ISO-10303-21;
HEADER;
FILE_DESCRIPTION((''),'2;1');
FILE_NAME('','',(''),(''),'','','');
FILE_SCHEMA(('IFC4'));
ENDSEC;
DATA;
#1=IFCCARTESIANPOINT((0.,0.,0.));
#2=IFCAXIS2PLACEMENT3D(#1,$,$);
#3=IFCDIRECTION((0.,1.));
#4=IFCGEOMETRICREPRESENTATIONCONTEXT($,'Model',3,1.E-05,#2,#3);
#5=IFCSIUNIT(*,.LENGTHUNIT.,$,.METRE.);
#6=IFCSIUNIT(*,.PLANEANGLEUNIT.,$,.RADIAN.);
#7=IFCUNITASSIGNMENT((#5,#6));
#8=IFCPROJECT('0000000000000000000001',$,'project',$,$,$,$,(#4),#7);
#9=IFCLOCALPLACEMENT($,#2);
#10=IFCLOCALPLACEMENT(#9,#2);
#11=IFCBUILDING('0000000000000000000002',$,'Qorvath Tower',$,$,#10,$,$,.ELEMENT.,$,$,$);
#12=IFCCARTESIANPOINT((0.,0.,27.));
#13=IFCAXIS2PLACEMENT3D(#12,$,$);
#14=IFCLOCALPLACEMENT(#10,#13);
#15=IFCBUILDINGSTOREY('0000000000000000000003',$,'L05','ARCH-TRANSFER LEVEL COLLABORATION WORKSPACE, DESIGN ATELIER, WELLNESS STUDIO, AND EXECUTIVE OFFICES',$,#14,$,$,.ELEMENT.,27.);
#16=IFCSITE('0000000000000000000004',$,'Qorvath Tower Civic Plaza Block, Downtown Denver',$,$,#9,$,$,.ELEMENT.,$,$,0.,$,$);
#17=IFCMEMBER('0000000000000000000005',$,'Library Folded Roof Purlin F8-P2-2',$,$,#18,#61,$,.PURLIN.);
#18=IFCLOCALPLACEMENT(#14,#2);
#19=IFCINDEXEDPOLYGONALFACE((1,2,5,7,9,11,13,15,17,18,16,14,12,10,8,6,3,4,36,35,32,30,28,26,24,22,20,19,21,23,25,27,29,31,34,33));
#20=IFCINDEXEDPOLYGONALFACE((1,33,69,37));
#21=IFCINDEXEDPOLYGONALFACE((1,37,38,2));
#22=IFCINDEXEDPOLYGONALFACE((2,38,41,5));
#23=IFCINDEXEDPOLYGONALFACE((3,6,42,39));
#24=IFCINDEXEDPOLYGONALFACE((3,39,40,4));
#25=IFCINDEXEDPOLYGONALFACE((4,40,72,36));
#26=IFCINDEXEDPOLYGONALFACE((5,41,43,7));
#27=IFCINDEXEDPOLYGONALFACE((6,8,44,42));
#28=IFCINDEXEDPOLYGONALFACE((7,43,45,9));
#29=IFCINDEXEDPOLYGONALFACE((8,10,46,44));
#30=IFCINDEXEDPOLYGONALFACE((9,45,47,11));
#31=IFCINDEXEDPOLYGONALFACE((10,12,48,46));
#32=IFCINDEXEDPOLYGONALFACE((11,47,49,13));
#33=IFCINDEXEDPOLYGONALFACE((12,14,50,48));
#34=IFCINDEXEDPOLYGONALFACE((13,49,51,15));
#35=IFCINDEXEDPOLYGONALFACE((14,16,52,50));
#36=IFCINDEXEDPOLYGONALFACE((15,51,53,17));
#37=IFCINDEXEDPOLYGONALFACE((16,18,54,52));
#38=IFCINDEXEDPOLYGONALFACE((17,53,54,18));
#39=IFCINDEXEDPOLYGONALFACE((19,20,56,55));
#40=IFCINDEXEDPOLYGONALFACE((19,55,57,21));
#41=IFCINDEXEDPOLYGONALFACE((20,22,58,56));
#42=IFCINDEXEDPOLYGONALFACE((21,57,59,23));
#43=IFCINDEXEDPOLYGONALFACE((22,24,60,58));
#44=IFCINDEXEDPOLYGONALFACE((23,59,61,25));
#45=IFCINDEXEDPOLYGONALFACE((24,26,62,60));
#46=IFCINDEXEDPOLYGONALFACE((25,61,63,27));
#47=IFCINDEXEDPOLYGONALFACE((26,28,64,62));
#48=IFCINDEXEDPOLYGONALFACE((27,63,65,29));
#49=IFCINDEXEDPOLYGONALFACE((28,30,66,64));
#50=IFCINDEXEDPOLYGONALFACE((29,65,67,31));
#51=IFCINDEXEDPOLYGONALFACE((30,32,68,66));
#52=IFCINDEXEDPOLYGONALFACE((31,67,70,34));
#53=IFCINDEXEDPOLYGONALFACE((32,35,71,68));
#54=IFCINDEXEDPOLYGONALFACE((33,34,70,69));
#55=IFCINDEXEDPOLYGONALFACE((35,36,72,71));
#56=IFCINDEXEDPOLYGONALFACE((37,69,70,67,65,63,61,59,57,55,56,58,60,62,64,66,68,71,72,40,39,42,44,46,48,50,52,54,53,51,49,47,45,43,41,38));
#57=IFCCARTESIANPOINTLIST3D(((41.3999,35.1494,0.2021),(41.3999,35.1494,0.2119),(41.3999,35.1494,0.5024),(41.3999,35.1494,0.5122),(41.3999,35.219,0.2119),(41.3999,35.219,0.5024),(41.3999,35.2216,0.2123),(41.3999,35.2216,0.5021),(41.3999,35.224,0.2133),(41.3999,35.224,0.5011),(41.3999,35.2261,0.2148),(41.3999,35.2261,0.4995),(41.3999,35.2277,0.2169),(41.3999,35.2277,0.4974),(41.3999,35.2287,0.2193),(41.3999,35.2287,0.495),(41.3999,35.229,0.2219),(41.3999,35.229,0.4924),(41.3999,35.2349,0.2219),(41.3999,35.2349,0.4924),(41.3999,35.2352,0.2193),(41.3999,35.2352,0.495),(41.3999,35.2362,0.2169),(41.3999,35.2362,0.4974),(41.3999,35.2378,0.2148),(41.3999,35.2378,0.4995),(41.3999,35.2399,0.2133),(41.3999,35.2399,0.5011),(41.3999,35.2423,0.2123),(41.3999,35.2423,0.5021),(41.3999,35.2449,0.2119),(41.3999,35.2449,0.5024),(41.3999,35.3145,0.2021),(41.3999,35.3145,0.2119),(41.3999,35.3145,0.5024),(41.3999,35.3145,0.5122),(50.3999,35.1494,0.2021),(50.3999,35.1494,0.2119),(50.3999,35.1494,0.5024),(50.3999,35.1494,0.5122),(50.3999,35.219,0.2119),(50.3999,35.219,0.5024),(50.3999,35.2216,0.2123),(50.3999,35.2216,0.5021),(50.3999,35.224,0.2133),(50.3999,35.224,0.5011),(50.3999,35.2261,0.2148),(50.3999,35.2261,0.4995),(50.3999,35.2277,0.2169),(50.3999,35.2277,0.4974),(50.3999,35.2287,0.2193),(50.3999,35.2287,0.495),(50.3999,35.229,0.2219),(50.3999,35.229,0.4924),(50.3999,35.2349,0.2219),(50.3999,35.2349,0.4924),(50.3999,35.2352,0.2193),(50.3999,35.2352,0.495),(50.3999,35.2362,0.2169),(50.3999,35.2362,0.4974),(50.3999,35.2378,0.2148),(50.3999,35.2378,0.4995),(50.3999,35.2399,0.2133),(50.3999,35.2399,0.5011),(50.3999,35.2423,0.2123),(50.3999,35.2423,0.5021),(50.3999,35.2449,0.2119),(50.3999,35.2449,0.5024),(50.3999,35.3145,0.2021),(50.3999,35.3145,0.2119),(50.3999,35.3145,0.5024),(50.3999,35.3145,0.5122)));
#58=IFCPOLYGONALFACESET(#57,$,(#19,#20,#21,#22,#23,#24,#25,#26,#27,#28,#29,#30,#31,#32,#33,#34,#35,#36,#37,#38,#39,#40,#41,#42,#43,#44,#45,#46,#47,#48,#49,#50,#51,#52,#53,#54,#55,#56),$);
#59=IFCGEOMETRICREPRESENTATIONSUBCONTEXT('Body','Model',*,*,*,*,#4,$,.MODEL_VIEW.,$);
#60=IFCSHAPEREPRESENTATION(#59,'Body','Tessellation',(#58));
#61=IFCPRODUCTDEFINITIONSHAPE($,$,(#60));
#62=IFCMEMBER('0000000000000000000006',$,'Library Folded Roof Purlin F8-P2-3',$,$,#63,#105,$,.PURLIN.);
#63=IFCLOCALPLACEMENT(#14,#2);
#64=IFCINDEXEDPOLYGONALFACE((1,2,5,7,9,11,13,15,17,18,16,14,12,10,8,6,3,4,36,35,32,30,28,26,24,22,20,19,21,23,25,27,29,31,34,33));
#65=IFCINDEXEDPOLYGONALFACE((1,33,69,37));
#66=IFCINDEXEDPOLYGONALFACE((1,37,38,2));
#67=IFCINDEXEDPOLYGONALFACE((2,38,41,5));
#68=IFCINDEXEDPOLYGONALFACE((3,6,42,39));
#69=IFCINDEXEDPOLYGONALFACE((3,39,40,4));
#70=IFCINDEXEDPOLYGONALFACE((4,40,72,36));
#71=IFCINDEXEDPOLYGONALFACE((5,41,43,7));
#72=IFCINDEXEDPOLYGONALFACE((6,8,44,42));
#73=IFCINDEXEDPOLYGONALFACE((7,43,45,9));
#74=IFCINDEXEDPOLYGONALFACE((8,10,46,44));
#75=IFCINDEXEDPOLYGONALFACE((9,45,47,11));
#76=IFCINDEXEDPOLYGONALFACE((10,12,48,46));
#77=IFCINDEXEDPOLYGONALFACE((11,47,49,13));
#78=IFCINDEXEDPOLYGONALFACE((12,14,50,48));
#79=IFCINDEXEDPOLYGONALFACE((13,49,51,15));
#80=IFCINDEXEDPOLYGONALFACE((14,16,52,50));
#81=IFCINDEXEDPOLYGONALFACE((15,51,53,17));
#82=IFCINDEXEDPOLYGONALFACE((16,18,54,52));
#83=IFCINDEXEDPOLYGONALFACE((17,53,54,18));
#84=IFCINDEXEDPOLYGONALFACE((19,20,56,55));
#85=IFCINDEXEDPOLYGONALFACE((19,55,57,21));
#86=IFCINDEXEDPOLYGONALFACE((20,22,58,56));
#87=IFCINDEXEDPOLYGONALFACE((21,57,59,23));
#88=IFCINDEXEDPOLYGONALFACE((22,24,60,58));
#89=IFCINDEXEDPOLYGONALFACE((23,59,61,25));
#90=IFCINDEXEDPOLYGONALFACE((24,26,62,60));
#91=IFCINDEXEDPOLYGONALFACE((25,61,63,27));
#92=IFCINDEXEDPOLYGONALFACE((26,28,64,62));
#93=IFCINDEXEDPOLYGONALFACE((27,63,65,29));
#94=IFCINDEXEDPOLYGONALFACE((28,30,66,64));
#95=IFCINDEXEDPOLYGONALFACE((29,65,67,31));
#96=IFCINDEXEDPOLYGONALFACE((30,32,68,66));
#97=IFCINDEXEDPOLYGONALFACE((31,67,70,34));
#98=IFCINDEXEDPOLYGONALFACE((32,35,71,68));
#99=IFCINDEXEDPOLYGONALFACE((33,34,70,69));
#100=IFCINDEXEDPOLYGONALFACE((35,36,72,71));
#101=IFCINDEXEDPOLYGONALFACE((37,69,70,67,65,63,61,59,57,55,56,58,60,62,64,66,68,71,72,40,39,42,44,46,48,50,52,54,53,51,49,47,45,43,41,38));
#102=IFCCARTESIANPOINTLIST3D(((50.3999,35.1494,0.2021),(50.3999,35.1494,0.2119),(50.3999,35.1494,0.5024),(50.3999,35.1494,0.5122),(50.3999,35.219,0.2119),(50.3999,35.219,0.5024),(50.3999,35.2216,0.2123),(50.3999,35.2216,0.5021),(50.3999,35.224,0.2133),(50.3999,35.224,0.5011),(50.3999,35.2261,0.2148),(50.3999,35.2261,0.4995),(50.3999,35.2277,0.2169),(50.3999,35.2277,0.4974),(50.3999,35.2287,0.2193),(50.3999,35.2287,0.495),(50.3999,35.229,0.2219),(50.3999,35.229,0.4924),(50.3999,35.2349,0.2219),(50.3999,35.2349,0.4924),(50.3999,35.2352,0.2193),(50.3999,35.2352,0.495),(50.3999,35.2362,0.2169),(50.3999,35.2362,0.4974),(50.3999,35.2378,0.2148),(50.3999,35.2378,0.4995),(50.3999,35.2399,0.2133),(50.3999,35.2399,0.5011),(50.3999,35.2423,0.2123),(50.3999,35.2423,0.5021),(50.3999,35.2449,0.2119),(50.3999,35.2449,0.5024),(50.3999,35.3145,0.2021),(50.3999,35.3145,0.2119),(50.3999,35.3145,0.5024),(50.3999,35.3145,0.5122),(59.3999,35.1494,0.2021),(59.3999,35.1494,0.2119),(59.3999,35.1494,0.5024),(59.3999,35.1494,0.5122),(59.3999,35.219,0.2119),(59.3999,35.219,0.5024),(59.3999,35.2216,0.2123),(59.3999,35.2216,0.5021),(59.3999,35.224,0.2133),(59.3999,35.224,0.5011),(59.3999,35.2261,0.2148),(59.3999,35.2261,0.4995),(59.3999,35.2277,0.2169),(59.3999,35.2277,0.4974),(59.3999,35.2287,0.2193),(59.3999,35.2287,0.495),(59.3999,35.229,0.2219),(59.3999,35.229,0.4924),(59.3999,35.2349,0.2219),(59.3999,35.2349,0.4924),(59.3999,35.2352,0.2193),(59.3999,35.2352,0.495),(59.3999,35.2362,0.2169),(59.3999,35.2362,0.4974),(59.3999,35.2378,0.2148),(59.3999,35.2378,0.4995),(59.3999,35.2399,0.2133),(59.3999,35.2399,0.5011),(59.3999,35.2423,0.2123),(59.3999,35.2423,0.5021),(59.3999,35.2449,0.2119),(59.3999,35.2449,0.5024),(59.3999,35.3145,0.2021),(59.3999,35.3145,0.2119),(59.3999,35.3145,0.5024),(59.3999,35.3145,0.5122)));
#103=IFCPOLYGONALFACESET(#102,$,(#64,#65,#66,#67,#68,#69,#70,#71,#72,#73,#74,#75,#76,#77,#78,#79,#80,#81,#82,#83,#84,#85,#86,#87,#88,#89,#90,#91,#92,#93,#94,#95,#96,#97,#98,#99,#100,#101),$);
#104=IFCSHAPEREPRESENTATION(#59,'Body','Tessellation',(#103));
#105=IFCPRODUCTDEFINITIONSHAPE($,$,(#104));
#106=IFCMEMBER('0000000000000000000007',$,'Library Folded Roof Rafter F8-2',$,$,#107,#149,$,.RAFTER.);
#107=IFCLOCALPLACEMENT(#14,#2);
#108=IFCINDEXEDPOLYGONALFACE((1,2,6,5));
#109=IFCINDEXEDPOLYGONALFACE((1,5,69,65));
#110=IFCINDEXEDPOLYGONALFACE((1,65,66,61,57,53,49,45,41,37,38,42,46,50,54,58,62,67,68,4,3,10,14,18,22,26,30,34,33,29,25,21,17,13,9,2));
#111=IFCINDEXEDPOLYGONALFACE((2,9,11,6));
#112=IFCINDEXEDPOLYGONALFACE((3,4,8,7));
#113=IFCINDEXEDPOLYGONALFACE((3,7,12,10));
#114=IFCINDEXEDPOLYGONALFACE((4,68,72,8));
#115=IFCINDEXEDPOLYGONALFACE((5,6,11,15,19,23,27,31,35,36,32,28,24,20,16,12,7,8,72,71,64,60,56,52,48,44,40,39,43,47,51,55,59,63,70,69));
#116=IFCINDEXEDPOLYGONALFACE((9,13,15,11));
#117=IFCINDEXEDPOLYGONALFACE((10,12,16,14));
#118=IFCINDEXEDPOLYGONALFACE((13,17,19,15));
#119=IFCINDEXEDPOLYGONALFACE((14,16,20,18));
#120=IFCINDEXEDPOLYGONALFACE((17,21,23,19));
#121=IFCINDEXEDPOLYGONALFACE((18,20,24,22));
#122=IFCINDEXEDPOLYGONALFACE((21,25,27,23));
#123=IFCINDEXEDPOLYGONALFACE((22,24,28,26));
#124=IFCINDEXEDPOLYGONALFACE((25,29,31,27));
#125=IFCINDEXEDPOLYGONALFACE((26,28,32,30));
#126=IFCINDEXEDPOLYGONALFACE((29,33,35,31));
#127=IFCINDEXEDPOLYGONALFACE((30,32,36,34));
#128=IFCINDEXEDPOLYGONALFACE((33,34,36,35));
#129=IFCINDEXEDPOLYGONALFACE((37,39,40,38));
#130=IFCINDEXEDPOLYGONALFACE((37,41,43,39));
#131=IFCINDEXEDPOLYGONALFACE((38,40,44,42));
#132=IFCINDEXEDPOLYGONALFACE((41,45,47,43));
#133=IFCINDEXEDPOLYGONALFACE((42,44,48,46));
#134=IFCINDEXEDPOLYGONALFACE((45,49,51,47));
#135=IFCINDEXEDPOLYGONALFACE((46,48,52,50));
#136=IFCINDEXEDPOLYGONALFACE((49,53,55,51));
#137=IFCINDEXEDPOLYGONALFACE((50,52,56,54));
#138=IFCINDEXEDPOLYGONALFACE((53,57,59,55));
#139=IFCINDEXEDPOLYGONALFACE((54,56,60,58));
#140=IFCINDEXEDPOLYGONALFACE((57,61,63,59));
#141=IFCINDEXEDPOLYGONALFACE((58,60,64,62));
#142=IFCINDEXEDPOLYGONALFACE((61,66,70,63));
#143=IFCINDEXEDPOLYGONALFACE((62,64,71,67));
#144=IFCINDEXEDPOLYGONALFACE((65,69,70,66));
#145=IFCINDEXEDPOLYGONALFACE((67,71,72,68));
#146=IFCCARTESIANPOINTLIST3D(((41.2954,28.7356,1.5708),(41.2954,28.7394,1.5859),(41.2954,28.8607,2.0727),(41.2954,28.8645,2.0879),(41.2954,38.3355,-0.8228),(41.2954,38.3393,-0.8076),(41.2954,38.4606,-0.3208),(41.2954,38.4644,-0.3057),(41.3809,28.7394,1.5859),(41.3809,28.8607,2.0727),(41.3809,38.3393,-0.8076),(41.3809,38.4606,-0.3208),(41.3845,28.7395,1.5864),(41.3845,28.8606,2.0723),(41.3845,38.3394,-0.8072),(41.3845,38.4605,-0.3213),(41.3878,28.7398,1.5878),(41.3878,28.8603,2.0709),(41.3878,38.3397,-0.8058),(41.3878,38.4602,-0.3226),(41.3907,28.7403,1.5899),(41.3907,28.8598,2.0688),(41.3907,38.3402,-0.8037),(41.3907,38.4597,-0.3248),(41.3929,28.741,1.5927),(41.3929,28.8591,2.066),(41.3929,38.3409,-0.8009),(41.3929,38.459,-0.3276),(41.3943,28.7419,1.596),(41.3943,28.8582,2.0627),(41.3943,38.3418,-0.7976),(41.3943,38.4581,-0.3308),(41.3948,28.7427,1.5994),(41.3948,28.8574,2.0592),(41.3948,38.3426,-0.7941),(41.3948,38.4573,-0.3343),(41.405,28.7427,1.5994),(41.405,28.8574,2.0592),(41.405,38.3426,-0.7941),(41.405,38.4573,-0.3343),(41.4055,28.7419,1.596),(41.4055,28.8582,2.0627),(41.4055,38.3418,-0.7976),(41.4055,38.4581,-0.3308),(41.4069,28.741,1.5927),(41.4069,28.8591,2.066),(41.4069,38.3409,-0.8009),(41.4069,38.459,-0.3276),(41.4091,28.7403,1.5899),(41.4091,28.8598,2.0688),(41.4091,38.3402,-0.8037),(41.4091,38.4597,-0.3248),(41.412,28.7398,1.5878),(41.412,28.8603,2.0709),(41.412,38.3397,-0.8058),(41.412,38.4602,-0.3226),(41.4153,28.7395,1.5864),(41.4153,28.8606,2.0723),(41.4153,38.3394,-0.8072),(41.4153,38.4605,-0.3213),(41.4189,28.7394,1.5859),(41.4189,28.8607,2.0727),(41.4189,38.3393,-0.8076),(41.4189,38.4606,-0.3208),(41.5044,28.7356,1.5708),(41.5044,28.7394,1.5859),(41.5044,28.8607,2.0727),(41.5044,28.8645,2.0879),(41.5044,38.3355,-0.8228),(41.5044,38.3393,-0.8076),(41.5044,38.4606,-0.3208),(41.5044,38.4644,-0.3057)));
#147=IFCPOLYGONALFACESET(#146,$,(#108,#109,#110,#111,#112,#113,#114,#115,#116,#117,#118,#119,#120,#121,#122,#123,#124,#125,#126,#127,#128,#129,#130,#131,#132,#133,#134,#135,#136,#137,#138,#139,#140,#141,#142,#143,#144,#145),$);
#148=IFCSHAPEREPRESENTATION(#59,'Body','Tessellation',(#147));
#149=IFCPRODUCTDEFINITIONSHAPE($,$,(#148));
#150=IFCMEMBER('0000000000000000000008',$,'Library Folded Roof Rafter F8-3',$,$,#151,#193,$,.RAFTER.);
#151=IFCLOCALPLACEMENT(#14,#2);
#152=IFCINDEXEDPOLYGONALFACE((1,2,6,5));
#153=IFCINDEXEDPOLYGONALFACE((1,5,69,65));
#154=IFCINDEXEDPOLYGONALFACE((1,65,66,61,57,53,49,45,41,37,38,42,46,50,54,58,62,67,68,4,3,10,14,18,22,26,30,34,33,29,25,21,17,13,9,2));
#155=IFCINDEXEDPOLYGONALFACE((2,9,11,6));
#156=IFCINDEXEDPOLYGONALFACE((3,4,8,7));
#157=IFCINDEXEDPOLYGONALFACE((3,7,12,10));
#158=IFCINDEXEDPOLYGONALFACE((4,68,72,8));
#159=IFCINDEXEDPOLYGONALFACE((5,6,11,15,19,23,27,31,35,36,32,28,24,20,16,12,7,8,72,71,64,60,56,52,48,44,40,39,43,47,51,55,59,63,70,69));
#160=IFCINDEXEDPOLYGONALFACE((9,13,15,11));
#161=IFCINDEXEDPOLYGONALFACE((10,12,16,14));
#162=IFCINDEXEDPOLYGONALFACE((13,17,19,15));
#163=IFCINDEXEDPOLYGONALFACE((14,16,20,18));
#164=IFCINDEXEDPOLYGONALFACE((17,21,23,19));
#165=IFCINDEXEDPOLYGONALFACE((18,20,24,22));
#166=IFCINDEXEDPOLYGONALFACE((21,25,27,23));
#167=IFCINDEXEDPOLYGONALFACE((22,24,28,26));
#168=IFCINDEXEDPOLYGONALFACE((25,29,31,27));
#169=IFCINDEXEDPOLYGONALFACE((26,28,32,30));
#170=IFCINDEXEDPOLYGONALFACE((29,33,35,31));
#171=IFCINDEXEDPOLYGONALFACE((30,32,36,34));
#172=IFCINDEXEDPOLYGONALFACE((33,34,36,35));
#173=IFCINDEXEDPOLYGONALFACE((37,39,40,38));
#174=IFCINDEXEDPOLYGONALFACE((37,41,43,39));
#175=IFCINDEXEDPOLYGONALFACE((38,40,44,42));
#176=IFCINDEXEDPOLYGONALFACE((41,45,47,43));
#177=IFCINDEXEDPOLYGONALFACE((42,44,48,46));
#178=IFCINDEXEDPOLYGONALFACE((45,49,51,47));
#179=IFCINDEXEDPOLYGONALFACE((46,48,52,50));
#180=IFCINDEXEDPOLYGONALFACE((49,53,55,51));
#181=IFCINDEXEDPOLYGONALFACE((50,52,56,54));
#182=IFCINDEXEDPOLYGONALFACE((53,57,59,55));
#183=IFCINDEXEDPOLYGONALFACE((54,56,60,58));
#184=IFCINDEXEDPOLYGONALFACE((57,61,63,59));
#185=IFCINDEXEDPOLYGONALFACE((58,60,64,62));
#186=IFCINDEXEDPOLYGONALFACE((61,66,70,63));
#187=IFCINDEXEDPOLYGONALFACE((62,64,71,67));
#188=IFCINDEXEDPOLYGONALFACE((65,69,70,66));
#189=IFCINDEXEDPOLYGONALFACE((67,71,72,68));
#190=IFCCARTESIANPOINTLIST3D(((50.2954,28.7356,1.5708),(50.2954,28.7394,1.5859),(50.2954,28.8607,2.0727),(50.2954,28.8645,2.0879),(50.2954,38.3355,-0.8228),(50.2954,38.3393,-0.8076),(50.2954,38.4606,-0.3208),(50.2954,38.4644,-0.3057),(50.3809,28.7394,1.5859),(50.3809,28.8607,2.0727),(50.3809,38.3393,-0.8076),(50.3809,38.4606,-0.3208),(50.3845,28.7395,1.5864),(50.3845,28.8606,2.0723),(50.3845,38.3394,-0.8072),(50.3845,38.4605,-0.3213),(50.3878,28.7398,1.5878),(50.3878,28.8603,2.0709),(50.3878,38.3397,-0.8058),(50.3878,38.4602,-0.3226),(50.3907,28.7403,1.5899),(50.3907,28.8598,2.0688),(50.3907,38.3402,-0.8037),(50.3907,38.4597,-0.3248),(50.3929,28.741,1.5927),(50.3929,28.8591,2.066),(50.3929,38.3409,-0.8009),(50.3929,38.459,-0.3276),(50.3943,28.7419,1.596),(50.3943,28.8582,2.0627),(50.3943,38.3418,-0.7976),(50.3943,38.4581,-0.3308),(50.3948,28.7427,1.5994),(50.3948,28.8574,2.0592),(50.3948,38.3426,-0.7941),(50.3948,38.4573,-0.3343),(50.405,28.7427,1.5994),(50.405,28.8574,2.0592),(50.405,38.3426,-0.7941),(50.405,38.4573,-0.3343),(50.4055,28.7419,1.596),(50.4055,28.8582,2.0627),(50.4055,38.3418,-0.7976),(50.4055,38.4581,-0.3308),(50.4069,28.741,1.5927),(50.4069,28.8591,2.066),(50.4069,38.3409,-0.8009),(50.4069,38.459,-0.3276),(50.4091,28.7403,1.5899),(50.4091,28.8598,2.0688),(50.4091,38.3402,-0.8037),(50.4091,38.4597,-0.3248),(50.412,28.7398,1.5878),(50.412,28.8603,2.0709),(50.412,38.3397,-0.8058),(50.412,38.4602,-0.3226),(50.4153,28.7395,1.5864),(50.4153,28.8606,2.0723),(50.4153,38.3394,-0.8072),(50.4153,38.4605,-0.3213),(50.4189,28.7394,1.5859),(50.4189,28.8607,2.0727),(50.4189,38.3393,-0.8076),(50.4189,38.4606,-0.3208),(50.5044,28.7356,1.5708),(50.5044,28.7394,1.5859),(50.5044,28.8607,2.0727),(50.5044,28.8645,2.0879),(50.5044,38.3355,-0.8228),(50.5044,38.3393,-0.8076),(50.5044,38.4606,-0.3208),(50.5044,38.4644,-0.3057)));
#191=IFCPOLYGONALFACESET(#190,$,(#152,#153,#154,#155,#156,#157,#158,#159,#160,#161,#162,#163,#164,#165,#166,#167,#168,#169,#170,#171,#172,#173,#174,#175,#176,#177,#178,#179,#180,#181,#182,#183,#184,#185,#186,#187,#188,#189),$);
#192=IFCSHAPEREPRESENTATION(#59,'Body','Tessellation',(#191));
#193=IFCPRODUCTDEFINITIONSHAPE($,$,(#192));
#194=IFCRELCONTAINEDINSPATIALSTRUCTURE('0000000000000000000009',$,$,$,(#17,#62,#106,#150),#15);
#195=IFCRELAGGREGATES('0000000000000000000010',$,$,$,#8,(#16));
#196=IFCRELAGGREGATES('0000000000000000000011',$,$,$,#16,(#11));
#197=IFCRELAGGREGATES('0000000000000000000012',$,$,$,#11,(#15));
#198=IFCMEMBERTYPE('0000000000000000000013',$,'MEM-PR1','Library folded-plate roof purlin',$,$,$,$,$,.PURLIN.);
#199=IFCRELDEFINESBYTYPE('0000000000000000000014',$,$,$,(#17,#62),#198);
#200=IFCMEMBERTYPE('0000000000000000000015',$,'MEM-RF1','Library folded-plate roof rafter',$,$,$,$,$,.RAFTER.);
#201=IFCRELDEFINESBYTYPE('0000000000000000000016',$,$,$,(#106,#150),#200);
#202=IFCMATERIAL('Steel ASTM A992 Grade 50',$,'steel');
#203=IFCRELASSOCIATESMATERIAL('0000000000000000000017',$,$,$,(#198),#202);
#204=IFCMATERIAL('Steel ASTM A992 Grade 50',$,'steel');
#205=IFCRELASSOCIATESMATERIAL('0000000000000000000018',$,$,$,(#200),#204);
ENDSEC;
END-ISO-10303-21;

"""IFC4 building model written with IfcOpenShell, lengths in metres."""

from ifc_helpers import new_model, si_unit, direction, frame, origin, origin_2d, place, context, subcontext, project, spatial, i_section, extrude, material, material_profile, profile_set, type_object, element, save


model = new_model("IFC4")

# Units and contexts
model_context = context("Model", 3, precision=1e-05, world=origin(), true_north=direction((0.0, 1.0)))
body_context = subcontext(model_context, "Body", "Model", "MODEL_VIEW")
ifc_project = project(units=[si_unit("LENGTHUNIT", "METRE"), si_unit("PLANEANGLEUNIT", "RADIAN")], contexts=[model_context])

# Site, building, storey
site_placement = place(None, origin())
site = spatial("IfcSite", under=ifc_project, at=site_placement, Name="Qorvath Tower Civic Plaza Block, Downtown Denver", CompositionType="ELEMENT", RefElevation=0.0)
building_placement = place(site_placement, origin())
building = spatial("IfcBuilding", under=site, at=building_placement, Name="Qorvath Tower", CompositionType="ELEMENT")
storey_placement = place(building_placement, frame((0.0, 0.0, 27.0)))
storey = spatial("IfcBuildingStorey", under=building, at=storey_placement, Name="L05", Description="ARCH-TRANSFER LEVEL COLLABORATION WORKSPACE, DESIGN ATELIER, WELLNESS STUDIO, AND EXECUTIVE OFFICES", CompositionType="ELEMENT", Elevation=27.0)

# Members
ifc_material_1 = material(Name="Steel ASTM A992 Grade 50", Category="steel")
ifc_material_profile_1 = material_profile(ifc_material_1, i_section(OverallWidth=0.165, OverallDepth=0.3101, WebThickness=0.0059, FlangeThickness=0.0098, FilletRadius=0.01, at=origin_2d()), Name="W12x26")
ifc_profile_set_1 = profile_set([ifc_material_profile_1], Name="Steel ASTM A992 Grade 50")
member_type_1 = type_object("IfcMemberType", Name="MEM-PR1", Description="Library folded-plate roof purlin", PredefinedType="PURLIN", material=ifc_profile_set_1)
for number, where, z_axis, x_axis, name in (
    (1, (41.3999, 35.2319, 0.3572), (1.0, 0.0, 0.0), (0.0, 1.0, 0.0), "Library Folded Roof Purlin F8-P2-2"),
    (2, (50.3999, 35.2319, 0.3572), (1.0, 0.0, 0.0), (0.0, 1.0, 0.0), "Library Folded Roof Purlin F8-P2-3"),
):
    element("IfcMember", number, at=place(storey_placement, frame(where, z_axis=z_axis, x_axis=x_axis)), inside=storey, type_object=member_type_1, Name=name, PredefinedType="PURLIN", context=body_context, shape_type="SweptSolid", body=[
        extrude(i_section(OverallWidth=0.165, OverallDepth=0.3101, WebThickness=0.0059, FlangeThickness=0.0098, FilletRadius=0.01, at=origin_2d()), origin(), (0.0, 0.0, 1.0), 9.0),
    ])
ifc_material_2 = material(Name="Steel ASTM A992 Grade 50", Category="steel")
ifc_material_profile_2 = material_profile(ifc_material_2, i_section(OverallWidth=0.209, OverallDepth=0.533, WebThickness=0.0103, FlangeThickness=0.0156, FilletRadius=0.0139, at=origin_2d()), Name="W21x62")
ifc_profile_set_2 = profile_set([ifc_material_profile_2], Name="Steel ASTM A992 Grade 50")
member_type_2 = type_object("IfcMemberType", Name="MEM-RF1", Description="Library folded-plate roof rafter", PredefinedType="RAFTER", material=ifc_profile_set_2)
for number, where, z_axis, x_axis, name in (
    (3, (41.3999, 28.8, 1.8293), (0.0, 0.970295, -0.241926), (-1.0, 0.0, 0.0), "Library Folded Roof Rafter F8-2"),
    (4, (50.3999, 28.8, 1.8293), (0.0, 0.970295, -0.241926), (-1.0, 0.0, 0.0), "Library Folded Roof Rafter F8-3"),
):
    element("IfcMember", number, at=place(storey_placement, frame(where, z_axis=z_axis, x_axis=x_axis)), inside=storey, type_object=member_type_2, Name=name, PredefinedType="RAFTER", context=body_context, shape_type="SweptSolid", body=[
        extrude(i_section(OverallWidth=0.209, OverallDepth=0.533, WebThickness=0.0103, FlangeThickness=0.0156, FilletRadius=0.0139, at=origin_2d()), origin(), (0.0, 0.0, 1.0), 9.8938),
    ])

save(model, "model.ifc")
